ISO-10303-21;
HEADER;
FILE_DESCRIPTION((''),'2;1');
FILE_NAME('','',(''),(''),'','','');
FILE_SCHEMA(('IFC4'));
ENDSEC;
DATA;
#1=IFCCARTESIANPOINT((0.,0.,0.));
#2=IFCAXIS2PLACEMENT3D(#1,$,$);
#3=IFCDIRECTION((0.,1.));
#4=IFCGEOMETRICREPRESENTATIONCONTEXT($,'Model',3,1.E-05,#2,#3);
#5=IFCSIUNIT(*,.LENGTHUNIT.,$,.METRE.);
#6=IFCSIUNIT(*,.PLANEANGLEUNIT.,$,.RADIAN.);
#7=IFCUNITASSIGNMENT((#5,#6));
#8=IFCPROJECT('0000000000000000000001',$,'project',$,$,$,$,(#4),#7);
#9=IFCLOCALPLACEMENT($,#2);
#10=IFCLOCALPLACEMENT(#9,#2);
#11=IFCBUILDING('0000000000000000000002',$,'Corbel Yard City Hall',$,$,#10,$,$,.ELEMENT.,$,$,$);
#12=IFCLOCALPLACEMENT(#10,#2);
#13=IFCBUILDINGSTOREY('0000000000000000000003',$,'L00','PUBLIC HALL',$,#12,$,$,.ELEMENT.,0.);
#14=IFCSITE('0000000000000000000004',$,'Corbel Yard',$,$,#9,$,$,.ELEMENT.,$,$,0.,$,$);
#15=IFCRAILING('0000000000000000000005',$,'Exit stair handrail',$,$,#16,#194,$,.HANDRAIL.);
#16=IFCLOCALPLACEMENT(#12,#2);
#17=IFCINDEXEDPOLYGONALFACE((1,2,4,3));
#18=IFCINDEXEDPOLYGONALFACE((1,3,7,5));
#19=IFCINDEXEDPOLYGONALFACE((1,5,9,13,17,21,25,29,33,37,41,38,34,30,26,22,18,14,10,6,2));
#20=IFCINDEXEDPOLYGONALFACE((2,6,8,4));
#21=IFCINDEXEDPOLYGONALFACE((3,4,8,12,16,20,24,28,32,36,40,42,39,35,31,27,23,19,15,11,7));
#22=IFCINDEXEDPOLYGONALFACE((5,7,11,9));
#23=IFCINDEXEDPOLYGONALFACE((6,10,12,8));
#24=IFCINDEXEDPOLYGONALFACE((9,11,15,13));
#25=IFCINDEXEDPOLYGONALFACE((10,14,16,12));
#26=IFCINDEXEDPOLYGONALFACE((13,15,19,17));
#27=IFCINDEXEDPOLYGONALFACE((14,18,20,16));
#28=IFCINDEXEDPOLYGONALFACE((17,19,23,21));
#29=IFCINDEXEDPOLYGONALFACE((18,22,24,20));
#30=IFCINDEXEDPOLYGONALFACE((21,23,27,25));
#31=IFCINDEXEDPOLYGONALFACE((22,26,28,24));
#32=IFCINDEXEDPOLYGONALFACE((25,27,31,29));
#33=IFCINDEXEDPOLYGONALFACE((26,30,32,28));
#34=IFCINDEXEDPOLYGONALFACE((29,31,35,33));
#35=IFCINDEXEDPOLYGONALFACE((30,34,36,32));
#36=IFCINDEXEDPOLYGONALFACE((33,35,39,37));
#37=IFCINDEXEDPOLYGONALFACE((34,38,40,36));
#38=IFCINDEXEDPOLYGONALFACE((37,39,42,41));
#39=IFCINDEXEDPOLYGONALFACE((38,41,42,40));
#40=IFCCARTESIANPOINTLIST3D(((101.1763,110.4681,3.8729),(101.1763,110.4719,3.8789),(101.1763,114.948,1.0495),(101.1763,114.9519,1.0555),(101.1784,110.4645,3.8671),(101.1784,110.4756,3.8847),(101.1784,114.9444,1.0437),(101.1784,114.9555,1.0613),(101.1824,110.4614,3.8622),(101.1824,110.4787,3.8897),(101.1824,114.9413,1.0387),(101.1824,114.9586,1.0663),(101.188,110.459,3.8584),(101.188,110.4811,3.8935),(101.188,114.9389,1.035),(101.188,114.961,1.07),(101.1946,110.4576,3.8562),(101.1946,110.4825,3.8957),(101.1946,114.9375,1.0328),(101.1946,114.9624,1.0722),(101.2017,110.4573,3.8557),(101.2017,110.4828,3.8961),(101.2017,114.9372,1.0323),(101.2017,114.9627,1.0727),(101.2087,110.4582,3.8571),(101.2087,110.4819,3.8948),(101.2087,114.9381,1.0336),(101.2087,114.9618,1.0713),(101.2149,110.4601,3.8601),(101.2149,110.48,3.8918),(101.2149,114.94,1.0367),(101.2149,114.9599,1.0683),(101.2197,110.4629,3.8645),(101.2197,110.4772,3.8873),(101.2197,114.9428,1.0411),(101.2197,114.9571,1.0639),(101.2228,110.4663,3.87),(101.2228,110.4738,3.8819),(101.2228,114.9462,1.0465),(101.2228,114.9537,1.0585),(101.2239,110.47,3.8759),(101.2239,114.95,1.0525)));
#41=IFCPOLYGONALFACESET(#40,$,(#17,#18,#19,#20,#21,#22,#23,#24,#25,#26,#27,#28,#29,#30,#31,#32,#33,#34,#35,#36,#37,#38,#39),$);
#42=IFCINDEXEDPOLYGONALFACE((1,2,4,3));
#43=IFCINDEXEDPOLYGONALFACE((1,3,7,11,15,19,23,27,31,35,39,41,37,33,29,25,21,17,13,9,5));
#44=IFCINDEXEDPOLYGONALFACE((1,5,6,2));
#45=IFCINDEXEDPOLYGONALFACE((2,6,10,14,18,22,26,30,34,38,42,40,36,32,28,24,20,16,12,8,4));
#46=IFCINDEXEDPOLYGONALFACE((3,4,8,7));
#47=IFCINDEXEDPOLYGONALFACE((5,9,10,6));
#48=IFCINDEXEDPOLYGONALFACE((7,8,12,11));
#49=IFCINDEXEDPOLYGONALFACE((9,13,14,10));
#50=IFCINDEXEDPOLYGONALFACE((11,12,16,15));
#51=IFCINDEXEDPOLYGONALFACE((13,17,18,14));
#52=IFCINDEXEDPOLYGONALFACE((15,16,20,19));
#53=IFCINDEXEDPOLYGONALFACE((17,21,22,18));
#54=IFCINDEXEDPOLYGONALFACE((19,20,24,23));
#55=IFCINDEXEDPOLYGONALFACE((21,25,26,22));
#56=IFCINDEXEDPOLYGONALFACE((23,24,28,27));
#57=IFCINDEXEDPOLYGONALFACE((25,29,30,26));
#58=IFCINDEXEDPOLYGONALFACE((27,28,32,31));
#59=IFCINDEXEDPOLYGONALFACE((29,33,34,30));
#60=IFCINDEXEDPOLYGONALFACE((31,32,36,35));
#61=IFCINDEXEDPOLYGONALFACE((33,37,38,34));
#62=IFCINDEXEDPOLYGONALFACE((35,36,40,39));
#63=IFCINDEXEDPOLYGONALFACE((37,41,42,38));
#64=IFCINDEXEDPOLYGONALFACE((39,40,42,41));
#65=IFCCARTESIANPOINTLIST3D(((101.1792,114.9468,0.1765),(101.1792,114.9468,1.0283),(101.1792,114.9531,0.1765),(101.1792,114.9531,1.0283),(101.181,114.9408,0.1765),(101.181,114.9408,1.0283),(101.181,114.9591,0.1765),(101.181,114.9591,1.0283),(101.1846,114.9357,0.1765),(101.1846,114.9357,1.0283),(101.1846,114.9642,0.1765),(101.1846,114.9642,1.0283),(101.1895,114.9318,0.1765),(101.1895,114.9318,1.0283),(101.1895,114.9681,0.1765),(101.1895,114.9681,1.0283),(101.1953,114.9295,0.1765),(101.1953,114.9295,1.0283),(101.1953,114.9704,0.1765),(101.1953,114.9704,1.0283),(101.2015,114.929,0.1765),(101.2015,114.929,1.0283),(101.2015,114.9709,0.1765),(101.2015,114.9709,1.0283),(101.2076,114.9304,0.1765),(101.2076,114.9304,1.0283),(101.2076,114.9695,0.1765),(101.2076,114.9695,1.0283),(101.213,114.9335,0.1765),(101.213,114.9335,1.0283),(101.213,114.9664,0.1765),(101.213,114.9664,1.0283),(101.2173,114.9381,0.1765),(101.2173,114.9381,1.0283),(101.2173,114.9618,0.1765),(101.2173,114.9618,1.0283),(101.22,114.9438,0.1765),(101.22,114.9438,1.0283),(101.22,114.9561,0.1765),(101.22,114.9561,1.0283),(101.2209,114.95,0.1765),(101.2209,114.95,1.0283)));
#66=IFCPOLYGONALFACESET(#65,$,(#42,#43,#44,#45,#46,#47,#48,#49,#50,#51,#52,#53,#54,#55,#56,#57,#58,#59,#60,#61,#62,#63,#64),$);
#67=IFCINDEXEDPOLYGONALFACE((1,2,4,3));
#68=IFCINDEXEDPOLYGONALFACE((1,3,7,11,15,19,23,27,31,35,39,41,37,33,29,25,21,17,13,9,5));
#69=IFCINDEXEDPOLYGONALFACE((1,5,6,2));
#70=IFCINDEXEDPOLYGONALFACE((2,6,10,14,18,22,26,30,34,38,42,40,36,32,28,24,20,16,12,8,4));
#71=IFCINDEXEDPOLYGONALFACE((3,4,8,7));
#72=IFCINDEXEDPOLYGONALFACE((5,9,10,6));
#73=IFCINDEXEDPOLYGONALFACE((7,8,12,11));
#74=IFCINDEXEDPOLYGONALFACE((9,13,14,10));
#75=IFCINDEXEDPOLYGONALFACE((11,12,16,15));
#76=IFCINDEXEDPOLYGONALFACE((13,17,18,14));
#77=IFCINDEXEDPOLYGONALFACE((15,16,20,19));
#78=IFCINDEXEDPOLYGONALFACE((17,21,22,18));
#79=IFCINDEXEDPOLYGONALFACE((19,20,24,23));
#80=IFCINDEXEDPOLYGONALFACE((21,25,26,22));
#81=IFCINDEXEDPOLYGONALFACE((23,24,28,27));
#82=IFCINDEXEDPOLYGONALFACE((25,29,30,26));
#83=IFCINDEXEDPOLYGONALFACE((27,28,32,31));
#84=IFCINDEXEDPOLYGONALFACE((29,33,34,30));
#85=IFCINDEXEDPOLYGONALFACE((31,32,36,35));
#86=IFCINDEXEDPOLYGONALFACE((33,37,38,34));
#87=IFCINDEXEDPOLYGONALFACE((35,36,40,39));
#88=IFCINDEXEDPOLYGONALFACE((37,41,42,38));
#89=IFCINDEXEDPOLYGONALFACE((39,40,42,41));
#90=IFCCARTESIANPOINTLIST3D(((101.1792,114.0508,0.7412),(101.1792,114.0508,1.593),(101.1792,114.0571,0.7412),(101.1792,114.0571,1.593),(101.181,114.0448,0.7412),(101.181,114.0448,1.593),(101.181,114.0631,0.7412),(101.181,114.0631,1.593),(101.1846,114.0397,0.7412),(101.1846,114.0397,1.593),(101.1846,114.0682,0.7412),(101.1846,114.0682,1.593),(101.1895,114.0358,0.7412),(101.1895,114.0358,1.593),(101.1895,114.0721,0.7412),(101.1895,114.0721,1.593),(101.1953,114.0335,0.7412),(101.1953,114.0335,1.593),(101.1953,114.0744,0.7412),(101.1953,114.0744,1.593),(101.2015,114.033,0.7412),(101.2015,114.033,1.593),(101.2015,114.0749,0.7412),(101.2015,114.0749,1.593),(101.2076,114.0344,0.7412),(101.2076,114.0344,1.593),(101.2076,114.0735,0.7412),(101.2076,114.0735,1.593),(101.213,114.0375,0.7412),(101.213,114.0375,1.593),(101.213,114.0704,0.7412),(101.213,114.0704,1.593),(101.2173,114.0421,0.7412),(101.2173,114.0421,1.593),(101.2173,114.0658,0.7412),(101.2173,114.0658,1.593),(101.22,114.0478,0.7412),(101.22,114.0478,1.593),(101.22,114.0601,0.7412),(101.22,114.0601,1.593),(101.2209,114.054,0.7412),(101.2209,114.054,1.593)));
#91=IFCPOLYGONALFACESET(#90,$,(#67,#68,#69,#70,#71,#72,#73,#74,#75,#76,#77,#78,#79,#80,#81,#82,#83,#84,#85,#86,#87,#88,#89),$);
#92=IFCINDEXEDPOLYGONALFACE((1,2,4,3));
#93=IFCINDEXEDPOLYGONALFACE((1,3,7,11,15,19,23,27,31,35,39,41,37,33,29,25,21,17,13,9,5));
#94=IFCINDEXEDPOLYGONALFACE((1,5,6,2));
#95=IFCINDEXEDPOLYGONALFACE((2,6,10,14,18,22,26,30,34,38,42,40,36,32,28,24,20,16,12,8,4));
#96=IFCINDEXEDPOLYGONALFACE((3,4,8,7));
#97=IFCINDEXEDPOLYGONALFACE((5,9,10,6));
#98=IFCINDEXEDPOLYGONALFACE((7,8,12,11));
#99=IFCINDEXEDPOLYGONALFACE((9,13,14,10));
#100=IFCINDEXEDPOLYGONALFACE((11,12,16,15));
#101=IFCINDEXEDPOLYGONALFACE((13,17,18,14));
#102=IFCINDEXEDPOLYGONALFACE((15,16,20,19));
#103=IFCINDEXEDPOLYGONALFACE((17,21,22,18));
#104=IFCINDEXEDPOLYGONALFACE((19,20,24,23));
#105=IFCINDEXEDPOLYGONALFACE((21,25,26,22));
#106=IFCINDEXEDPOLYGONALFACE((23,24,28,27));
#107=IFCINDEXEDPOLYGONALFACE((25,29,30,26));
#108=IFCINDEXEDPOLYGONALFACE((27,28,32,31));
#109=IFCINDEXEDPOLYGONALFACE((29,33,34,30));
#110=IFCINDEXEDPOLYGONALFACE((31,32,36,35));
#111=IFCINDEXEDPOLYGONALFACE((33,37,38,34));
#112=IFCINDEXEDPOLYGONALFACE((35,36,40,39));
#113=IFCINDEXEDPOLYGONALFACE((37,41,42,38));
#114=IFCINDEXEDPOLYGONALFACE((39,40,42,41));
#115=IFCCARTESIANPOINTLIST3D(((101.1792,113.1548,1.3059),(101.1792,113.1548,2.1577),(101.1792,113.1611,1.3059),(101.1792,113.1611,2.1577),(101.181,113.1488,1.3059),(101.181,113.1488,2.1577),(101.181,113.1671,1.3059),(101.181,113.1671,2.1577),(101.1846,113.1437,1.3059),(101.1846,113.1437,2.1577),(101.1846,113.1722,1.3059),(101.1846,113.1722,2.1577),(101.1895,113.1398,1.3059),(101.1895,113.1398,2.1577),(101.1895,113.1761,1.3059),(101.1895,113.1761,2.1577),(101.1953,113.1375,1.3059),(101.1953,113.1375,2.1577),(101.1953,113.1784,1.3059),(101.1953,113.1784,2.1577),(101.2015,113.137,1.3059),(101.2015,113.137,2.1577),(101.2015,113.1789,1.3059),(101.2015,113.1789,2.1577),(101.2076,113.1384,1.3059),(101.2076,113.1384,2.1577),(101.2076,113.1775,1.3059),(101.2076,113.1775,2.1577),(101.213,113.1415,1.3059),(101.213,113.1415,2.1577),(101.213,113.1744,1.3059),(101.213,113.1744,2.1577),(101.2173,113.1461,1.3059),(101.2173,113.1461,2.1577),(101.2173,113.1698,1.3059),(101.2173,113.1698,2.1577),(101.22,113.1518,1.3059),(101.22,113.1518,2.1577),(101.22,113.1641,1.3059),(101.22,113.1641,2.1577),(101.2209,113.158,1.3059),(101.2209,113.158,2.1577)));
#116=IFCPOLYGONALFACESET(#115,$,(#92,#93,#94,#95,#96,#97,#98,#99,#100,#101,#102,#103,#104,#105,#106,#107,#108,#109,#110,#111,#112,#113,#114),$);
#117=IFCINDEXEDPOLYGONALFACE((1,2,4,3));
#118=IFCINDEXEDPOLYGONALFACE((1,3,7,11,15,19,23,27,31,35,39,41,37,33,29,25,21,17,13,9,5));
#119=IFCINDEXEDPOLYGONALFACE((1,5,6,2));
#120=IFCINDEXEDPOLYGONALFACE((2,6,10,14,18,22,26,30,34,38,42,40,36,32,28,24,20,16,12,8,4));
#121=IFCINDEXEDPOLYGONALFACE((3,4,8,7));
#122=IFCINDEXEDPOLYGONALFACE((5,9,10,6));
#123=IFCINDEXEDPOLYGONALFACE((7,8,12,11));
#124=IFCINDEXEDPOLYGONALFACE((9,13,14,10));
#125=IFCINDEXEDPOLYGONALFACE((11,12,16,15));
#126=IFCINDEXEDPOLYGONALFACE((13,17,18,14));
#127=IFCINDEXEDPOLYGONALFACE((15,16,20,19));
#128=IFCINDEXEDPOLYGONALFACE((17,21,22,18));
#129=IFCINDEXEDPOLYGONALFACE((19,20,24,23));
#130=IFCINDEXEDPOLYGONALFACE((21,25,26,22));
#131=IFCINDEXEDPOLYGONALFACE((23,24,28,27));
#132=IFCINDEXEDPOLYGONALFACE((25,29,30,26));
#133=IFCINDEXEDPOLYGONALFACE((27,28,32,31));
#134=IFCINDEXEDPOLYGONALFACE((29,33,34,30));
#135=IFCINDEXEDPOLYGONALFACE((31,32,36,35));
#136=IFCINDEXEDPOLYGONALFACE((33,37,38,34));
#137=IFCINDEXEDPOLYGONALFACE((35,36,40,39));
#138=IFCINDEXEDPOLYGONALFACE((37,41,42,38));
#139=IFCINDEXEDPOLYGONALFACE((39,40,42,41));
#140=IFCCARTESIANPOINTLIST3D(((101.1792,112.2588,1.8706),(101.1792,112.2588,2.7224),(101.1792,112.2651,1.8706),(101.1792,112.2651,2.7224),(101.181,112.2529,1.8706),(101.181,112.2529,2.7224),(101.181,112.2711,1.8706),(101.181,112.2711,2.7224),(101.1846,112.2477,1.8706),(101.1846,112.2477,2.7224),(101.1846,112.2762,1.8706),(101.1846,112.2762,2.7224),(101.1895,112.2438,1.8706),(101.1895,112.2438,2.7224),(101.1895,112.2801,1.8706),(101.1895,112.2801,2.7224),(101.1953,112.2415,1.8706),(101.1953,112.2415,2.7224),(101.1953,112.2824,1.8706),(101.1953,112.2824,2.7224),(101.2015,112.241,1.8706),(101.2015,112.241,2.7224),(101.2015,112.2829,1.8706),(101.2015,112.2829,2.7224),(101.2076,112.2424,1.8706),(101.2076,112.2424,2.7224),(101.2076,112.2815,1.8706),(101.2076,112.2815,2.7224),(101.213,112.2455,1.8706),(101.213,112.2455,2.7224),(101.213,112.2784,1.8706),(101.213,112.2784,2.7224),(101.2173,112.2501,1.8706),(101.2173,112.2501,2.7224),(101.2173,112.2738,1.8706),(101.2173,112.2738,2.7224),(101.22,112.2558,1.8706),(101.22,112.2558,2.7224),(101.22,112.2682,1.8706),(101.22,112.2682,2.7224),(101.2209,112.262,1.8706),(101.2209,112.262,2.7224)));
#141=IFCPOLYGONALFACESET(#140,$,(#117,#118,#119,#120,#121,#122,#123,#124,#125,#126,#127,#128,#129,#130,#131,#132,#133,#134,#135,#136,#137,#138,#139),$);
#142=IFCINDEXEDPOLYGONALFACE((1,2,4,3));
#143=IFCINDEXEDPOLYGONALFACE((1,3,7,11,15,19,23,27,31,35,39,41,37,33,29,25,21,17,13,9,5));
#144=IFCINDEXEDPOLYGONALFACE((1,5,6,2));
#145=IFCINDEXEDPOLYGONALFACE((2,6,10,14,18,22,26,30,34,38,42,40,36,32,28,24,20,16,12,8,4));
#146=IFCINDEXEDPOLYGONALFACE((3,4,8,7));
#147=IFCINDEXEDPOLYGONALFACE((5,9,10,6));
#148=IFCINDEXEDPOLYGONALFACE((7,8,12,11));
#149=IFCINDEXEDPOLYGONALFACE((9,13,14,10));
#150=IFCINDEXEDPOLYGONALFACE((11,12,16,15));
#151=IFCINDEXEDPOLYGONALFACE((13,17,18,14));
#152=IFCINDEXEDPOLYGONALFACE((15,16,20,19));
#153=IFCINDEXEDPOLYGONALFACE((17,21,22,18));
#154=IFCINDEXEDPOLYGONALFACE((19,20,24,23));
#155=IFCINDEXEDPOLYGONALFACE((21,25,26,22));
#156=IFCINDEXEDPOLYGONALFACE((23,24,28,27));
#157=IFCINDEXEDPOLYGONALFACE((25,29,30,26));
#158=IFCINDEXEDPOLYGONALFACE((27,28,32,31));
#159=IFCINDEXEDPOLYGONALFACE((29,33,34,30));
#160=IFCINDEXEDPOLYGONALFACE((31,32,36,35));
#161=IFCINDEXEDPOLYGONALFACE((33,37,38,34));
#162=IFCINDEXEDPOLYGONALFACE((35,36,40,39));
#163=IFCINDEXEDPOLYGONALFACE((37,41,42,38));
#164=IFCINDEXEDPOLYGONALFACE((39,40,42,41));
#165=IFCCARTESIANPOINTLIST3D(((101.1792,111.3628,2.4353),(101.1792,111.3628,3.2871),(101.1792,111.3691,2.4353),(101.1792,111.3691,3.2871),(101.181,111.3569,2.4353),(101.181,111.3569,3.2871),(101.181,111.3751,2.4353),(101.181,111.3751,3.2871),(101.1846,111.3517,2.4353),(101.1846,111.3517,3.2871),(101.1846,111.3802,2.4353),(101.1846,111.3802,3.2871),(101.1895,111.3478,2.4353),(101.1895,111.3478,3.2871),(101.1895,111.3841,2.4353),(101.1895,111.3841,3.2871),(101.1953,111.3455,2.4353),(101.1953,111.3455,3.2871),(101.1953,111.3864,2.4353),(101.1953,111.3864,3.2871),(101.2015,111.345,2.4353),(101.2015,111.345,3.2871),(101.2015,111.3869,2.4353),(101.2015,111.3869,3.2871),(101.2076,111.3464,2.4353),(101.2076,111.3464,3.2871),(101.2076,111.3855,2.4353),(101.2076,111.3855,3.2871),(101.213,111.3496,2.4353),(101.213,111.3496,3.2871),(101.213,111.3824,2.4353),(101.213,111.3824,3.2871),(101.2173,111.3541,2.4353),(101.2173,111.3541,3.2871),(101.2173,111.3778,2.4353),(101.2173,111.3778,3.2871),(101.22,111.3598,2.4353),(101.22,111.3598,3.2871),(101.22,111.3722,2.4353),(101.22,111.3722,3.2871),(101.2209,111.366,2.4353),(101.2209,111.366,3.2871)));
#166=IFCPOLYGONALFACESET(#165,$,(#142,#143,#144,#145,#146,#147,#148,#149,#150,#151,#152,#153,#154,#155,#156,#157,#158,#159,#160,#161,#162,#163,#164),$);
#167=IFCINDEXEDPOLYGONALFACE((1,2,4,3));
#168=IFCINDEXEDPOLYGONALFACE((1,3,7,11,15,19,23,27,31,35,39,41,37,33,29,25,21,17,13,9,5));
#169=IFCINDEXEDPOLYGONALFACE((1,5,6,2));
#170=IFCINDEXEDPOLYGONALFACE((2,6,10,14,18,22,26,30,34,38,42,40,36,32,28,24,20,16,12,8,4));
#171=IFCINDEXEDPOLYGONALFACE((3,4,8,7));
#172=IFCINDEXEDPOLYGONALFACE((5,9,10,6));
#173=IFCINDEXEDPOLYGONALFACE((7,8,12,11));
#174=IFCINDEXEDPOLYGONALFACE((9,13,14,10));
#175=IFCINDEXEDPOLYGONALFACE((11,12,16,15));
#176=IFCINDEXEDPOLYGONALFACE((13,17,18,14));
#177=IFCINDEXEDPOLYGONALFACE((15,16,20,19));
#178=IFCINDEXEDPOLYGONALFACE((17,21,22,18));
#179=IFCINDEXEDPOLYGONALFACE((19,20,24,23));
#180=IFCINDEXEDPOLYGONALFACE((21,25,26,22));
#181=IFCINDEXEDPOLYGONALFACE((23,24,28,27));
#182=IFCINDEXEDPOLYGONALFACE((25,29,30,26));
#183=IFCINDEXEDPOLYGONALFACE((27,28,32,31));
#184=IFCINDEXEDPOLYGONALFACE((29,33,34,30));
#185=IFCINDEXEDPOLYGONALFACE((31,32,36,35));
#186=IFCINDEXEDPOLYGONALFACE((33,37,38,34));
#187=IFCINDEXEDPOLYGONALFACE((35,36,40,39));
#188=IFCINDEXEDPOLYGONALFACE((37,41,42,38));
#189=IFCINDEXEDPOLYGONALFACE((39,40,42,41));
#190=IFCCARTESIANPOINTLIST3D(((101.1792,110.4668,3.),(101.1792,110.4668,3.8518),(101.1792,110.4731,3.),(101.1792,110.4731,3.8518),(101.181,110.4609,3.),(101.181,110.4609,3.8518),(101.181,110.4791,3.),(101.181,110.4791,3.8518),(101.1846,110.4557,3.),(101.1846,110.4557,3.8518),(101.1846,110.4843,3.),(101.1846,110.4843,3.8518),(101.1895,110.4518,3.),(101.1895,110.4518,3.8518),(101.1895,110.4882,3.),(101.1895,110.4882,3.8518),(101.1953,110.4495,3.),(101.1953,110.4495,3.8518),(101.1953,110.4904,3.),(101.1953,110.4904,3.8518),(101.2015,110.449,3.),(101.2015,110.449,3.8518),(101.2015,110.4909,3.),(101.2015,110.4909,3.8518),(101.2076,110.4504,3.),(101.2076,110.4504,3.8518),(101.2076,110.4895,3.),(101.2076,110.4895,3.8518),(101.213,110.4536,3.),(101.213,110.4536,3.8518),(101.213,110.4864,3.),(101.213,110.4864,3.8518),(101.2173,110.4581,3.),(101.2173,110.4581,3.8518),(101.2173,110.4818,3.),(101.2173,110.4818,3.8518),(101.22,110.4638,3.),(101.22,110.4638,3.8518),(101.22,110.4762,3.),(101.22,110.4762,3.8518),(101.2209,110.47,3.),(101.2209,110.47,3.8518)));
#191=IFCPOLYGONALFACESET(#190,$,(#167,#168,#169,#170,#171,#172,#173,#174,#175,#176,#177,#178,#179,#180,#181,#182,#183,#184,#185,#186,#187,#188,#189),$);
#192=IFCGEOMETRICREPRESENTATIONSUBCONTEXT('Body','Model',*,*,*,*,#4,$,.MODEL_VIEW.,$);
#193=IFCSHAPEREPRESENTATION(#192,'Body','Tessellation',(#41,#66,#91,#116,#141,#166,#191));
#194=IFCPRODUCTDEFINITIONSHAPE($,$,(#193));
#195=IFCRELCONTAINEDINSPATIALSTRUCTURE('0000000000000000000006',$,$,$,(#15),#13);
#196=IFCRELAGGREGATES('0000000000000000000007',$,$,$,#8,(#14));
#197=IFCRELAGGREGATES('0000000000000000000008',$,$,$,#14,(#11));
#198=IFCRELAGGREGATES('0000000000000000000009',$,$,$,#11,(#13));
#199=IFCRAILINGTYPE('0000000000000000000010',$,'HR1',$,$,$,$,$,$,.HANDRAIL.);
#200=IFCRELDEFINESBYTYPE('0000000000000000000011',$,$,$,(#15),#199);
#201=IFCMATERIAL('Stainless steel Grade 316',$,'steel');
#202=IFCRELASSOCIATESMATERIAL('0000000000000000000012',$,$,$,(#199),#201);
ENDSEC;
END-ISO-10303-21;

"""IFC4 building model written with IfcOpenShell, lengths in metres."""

from ifc_helpers import new_model, si_unit, direction, frame, origin, origin_2d, place, context, subcontext, project, spatial, circle, extrude, material, type_object, element, save


model = new_model("IFC4")

# Units and contexts
model_context = context("Model", 3, precision=1e-05, world=origin(), true_north=direction((0.0, 1.0)))
body_context = subcontext(model_context, "Body", "Model", "MODEL_VIEW")
ifc_project = project(units=[si_unit("LENGTHUNIT", "METRE"), si_unit("PLANEANGLEUNIT", "RADIAN")], contexts=[model_context])

# Site, building, storey
site_placement = place(None, origin())
site = spatial("IfcSite", under=ifc_project, at=site_placement, Name="Corbel Yard", CompositionType="ELEMENT", RefElevation=0.0)
building_placement = place(site_placement, origin())
building = spatial("IfcBuilding", under=site, at=building_placement, Name="Corbel Yard City Hall", CompositionType="ELEMENT")
storey_placement = place(building_placement, origin())
storey = spatial("IfcBuildingStorey", under=building, at=storey_placement, Name="L00", Description="PUBLIC HALL", CompositionType="ELEMENT", Elevation=0.0)

# Railing
ifc_material_1 = material(Name="Stainless steel Grade 316", Category="steel")
railing_type = type_object("IfcRailingType", Name="HR1", PredefinedType="HANDRAIL", material=ifc_material_1)
for number, where, name in (
    (1, (101.2, 114.95, 0.1765), "Exit stair handrail"),
):
    element("IfcRailing", number, at=place(storey_placement, frame(where)), inside=storey, type_object=railing_type, Name=name, PredefinedType="HANDRAIL", context=body_context, shape_type="SweptSolid", body=[
        extrude(circle(Radius=0.0239, at=origin_2d()), frame((0.0, 0.0, 0.876), z_axis=(0.0, -0.845998, 0.533186), x_axis=(1.0, 0.0, 0.0)), (0.0, 0.0, 1.0), 5.2954),
        extrude(circle(Radius=0.021, at=origin_2d()), origin(), (0.0, 0.0, 1.0), 0.8518),
        extrude(circle(Radius=0.021, at=origin_2d()), frame((0.0, -0.896, 0.5647)), (0.0, 0.0, 1.0), 0.8518),
        extrude(circle(Radius=0.021, at=origin_2d()), frame((0.0, -1.792, 1.1294)), (0.0, 0.0, 1.0), 0.8518),
        extrude(circle(Radius=0.021, at=origin_2d()), frame((0.0, -2.688, 1.6941)), (0.0, 0.0, 1.0), 0.8518),
        extrude(circle(Radius=0.021, at=origin_2d()), frame((0.0, -3.584, 2.2588)), (0.0, 0.0, 1.0), 0.8518),
        extrude(circle(Radius=0.021, at=origin_2d()), frame((0.0, -4.48, 2.8235)), (0.0, 0.0, 1.0), 0.8518),
    ])

save(model, "model.ifc")
